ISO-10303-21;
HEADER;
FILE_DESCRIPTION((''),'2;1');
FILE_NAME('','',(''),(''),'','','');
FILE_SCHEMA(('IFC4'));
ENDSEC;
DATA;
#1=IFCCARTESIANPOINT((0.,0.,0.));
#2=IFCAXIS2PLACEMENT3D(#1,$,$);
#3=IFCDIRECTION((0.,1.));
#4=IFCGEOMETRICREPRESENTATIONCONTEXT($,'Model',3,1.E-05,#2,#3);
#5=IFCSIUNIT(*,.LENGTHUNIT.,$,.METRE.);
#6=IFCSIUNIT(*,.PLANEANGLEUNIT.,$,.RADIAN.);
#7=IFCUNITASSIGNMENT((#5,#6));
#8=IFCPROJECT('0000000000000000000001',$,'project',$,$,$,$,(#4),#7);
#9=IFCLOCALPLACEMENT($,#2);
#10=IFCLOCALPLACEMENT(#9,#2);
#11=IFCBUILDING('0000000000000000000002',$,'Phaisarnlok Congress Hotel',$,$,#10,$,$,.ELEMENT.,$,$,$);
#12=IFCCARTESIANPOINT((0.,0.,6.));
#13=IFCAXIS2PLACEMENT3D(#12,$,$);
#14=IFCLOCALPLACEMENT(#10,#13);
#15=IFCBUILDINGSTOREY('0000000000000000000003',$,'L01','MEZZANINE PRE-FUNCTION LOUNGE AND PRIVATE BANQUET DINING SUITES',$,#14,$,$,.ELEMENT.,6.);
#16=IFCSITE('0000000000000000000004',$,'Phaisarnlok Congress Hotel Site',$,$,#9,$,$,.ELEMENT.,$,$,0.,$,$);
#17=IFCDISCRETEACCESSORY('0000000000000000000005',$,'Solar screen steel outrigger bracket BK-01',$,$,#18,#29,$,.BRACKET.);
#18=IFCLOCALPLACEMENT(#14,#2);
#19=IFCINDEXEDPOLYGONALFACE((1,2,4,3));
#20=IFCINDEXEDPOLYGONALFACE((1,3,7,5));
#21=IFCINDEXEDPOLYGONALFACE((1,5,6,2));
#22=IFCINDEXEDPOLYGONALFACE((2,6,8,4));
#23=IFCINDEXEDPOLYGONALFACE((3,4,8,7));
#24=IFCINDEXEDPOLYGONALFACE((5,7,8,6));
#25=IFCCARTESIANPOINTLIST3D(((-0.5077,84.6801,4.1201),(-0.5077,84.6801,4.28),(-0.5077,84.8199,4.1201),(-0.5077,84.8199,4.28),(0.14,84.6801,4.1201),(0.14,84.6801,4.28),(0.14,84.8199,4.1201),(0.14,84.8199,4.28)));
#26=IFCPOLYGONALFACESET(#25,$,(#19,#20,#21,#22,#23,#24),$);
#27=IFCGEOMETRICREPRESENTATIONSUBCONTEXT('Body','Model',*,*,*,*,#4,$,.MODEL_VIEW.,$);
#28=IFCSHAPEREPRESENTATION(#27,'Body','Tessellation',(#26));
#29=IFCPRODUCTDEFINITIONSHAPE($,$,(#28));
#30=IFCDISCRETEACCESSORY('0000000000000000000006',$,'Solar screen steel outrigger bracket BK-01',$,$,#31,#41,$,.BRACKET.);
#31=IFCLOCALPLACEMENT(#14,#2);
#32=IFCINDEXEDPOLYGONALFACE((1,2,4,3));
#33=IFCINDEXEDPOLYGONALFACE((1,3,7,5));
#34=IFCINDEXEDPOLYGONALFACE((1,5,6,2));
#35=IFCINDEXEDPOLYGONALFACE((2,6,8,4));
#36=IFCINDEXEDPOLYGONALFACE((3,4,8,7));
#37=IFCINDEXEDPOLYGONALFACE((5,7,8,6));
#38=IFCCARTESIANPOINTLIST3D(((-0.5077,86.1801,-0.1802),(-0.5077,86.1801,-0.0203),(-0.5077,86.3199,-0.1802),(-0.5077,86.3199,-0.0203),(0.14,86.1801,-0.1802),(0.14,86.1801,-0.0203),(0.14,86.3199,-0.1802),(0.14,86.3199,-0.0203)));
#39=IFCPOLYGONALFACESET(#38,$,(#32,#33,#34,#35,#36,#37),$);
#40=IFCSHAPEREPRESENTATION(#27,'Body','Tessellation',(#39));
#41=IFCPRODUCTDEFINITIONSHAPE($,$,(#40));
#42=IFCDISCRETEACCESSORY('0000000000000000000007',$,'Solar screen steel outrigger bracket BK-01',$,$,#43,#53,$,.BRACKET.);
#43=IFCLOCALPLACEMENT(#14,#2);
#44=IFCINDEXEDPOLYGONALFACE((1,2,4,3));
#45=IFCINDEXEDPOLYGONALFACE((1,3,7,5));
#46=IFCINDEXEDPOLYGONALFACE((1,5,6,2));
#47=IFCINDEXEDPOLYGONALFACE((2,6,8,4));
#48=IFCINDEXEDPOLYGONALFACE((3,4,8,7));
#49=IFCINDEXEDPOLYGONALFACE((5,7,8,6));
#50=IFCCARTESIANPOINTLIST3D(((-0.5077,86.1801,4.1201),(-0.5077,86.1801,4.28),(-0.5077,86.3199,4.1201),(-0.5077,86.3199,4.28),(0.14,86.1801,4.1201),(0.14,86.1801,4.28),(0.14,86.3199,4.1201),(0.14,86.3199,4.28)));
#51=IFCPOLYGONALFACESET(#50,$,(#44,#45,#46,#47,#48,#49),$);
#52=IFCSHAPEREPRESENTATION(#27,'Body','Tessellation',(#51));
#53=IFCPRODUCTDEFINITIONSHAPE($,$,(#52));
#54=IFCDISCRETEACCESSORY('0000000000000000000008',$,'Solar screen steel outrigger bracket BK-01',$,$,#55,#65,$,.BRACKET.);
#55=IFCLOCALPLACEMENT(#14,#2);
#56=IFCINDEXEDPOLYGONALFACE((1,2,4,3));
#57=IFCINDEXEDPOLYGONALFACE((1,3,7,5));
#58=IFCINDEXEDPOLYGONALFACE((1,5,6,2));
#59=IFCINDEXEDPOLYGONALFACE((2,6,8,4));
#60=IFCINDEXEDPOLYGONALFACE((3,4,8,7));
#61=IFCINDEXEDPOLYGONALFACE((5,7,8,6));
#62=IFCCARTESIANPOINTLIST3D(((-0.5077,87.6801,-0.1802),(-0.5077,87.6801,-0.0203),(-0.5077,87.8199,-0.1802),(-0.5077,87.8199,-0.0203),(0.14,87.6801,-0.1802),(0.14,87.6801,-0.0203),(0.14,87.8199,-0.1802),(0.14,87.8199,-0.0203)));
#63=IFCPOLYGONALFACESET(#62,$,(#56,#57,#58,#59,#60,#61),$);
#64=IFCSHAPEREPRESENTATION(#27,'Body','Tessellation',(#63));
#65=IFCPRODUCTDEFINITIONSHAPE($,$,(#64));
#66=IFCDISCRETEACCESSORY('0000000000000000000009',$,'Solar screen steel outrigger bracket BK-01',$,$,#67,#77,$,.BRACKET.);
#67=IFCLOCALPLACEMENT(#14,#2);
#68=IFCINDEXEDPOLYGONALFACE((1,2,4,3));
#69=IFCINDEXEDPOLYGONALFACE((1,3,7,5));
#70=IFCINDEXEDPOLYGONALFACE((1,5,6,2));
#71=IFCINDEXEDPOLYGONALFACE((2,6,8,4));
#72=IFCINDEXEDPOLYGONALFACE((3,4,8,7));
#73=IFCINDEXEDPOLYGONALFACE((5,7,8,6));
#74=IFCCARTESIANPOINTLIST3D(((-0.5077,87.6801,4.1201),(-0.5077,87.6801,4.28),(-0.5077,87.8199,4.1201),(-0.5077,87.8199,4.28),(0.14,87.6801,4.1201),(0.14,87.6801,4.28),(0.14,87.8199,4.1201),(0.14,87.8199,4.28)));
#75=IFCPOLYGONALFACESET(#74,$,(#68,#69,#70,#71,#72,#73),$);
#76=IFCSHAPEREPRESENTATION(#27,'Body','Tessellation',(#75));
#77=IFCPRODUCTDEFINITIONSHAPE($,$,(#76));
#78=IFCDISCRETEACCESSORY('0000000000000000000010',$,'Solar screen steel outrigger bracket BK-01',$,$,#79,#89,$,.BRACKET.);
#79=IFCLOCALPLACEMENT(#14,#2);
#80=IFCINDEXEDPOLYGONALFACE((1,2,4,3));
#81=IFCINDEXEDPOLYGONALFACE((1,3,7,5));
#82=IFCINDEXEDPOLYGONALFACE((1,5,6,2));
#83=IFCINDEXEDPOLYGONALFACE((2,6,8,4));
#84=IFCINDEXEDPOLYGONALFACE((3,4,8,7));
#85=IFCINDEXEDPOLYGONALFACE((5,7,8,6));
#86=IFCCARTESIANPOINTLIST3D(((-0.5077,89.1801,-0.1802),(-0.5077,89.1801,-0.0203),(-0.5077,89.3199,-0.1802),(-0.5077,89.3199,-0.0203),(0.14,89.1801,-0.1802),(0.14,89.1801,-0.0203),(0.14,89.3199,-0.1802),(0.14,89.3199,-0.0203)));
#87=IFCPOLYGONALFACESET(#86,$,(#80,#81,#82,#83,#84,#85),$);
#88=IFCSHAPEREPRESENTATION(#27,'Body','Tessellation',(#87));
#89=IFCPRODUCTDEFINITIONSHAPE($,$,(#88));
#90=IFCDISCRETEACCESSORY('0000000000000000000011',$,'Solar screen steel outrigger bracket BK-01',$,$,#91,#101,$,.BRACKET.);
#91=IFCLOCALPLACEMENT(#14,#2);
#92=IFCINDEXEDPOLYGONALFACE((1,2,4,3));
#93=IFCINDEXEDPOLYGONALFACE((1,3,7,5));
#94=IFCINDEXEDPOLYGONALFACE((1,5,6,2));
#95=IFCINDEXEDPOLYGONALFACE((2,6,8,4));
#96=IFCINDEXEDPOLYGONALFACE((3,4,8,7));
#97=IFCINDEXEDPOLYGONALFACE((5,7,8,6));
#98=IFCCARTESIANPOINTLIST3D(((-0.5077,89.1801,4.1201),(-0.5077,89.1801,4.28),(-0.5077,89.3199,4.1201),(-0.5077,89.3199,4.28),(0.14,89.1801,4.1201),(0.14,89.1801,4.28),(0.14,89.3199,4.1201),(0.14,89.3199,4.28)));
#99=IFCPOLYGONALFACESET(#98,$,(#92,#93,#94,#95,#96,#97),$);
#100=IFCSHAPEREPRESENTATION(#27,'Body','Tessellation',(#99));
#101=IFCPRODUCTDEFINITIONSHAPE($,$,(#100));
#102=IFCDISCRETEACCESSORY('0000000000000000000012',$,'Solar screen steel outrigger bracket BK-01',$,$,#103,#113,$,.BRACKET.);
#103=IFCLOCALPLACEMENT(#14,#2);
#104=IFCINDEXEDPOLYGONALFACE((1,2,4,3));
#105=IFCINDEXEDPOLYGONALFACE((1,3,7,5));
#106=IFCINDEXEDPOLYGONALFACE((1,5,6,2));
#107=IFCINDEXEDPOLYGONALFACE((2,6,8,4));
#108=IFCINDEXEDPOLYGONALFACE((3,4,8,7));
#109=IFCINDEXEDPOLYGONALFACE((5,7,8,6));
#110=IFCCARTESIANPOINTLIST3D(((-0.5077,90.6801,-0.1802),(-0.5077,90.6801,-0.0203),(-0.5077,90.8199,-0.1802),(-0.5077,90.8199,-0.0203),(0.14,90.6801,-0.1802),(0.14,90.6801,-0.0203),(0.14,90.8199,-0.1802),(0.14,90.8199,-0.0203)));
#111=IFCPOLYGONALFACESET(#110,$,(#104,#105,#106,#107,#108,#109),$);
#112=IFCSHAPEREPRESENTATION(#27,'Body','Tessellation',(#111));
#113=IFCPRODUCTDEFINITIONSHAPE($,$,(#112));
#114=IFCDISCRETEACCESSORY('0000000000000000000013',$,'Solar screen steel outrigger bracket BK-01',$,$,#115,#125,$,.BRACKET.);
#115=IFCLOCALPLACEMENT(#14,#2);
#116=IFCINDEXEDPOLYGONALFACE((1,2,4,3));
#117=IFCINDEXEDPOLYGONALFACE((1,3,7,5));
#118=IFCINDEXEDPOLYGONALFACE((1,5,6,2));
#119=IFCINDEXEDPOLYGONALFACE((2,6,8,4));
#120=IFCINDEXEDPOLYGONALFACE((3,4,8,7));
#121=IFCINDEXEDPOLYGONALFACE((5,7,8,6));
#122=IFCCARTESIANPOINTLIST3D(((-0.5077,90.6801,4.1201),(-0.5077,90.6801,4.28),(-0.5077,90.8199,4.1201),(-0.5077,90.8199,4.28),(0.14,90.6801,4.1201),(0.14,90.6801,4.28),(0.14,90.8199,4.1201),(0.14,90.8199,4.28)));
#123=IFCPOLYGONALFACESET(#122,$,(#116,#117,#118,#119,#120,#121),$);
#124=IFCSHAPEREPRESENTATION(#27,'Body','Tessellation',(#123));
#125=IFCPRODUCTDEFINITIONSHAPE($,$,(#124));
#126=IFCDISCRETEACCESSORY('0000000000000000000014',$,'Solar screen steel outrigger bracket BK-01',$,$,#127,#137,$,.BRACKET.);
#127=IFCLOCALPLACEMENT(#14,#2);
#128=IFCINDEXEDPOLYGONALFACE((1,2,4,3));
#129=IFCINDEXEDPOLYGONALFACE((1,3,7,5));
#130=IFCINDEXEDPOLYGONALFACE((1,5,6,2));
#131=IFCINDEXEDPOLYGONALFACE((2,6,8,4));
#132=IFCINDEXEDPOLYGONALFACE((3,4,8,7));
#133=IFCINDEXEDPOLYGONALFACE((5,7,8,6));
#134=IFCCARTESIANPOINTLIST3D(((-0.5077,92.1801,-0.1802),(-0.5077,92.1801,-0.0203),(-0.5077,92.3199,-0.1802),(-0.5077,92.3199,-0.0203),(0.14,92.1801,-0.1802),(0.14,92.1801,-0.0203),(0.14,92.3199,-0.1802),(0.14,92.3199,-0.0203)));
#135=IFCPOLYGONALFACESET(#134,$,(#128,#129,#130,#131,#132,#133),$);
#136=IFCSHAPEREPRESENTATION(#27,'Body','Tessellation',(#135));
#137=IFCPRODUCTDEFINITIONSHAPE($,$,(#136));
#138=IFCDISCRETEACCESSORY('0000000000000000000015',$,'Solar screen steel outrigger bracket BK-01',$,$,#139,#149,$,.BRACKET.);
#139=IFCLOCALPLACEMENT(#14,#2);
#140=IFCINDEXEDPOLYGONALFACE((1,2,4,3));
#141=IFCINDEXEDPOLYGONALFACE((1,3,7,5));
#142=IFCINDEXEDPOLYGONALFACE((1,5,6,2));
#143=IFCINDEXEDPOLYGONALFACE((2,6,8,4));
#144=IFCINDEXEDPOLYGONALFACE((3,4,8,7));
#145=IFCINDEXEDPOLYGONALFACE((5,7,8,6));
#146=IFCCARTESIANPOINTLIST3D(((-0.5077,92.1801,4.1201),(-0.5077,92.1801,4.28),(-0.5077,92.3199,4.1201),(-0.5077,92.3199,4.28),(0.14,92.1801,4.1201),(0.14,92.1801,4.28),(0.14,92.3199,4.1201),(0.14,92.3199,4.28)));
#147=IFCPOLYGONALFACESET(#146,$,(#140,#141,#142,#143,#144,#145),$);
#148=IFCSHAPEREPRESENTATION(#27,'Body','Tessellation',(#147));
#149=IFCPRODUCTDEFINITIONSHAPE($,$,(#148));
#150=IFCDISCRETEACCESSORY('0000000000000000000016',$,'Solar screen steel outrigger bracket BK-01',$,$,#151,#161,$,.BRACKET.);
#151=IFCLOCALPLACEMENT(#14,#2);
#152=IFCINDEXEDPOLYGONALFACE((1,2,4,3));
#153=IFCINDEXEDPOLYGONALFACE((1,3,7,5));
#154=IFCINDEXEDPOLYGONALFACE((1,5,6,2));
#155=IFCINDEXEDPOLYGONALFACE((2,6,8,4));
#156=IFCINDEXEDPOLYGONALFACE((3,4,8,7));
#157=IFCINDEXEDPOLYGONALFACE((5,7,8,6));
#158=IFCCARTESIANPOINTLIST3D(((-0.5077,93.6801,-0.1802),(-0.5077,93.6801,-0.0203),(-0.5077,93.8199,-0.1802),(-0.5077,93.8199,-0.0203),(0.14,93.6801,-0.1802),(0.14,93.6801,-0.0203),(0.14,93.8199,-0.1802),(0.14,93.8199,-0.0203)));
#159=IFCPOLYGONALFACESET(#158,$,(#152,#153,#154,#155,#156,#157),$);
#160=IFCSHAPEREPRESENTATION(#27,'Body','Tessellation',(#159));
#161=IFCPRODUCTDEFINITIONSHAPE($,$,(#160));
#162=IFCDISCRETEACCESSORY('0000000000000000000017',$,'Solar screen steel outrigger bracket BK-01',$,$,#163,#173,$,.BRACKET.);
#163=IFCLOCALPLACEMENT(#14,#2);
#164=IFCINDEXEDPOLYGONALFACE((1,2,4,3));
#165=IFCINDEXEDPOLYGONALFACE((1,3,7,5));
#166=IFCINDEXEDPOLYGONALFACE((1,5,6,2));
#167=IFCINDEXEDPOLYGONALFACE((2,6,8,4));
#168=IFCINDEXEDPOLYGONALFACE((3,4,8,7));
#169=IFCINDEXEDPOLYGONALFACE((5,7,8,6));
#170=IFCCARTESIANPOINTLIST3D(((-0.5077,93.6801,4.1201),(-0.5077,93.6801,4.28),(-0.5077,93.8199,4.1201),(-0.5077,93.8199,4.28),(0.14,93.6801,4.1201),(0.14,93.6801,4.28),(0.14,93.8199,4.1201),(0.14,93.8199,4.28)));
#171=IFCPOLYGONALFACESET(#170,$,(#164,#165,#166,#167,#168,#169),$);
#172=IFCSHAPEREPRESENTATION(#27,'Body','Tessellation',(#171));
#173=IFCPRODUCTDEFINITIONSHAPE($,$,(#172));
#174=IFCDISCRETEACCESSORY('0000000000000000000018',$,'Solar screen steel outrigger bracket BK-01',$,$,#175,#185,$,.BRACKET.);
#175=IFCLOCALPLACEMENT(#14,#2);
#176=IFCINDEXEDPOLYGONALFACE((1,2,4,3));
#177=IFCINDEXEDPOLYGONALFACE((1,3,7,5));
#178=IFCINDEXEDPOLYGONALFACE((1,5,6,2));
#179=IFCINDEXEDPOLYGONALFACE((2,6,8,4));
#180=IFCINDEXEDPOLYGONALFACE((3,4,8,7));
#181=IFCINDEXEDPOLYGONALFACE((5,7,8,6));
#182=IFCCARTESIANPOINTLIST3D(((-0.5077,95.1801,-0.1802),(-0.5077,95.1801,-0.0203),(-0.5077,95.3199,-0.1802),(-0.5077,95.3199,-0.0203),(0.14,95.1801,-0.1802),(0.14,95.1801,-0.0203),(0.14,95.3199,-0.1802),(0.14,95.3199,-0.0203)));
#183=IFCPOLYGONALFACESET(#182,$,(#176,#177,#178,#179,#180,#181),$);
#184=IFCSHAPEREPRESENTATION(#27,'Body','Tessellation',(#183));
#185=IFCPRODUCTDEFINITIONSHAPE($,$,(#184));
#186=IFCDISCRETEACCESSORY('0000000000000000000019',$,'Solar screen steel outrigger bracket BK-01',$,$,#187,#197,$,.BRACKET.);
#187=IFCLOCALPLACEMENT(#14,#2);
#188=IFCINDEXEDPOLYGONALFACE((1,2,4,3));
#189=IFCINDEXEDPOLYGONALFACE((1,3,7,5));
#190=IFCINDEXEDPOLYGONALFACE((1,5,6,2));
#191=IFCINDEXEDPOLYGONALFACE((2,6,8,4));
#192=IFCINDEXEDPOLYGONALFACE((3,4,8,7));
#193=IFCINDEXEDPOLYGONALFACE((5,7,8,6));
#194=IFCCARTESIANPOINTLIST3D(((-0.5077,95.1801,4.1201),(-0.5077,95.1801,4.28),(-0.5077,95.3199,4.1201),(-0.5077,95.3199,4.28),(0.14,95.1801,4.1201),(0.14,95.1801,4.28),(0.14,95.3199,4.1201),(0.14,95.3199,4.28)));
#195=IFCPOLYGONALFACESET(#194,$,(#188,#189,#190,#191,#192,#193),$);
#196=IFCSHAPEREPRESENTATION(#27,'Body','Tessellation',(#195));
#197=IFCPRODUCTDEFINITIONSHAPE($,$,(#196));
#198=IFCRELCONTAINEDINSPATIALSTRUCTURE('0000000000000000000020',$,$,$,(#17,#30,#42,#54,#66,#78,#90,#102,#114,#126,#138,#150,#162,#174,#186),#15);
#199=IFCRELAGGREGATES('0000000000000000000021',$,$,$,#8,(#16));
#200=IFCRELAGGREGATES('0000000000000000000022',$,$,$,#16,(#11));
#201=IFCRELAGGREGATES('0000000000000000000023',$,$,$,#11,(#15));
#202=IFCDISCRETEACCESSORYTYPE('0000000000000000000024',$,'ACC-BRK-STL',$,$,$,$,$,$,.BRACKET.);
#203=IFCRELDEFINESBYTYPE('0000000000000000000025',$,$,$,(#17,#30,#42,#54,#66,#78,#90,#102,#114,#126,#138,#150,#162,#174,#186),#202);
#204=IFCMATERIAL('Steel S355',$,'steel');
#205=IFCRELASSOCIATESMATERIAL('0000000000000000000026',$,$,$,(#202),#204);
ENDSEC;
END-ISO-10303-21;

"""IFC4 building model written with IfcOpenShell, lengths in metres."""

from ifc_helpers import new_model, si_unit, direction, frame, origin, origin_2d, place, context, subcontext, project, spatial, rectangle, extrude, material, type_object, element, save


model = new_model("IFC4")

# Units and contexts
model_context = context("Model", 3, precision=1e-05, world=origin(), true_north=direction((0.0, 1.0)))
body_context = subcontext(model_context, "Body", "Model", "MODEL_VIEW")
ifc_project = project(units=[si_unit("LENGTHUNIT", "METRE"), si_unit("PLANEANGLEUNIT", "RADIAN")], contexts=[model_context])

# Site, building, storey
site_placement = place(None, origin())
site = spatial("IfcSite", under=ifc_project, at=site_placement, Name="Phaisarnlok Congress Hotel Site", CompositionType="ELEMENT", RefElevation=0.0)
building_placement = place(site_placement, origin())
building = spatial("IfcBuilding", under=site, at=building_placement, Name="Phaisarnlok Congress Hotel", CompositionType="ELEMENT")
storey_placement = place(building_placement, frame((0.0, 0.0, 6.0)))
storey = spatial("IfcBuildingStorey", under=building, at=storey_placement, Name="L01", Description="MEZZANINE PRE-FUNCTION LOUNGE AND PRIVATE BANQUET DINING SUITES", CompositionType="ELEMENT", Elevation=6.0)

# Discrete accessories
ifc_material_1 = material(Name="Steel S355", Category="steel")
discrete_accessory_type = type_object("IfcDiscreteAccessoryType", Name="ACC-BRK-STL", PredefinedType="BRACKET", material=ifc_material_1)
for number, where, z_axis, x_axis, name in (
    (1, (-0.1838, 84.75, 4.1201), (0.0, 0.0, 1.0), (1.0, 0.0, 0.0), "Solar screen steel outrigger bracket BK-01"),
    (2, (-0.1838, 86.25, -0.1802), (0.0, 0.0, 1.0), (1.0, 0.0, 0.0), "Solar screen steel outrigger bracket BK-01"),
    (3, (-0.1838, 86.25, 4.1201), (0.0, 0.0, 1.0), (1.0, 0.0, 0.0), "Solar screen steel outrigger bracket BK-01"),
    (4, (-0.1838, 87.75, -0.1802), (0.0, 0.0, 1.0), (1.0, 0.0, 0.0), "Solar screen steel outrigger bracket BK-01"),
    (5, (-0.1838, 87.75, 4.1201), (0.0, 0.0, 1.0), (1.0, 0.0, 0.0), "Solar screen steel outrigger bracket BK-01"),
    (6, (-0.1838, 89.25, -0.1802), (0.0, 0.0, 1.0), (1.0, 0.0, 0.0), "Solar screen steel outrigger bracket BK-01"),
    (7, (-0.1838, 89.25, 4.1201), (0.0, 0.0, 1.0), (1.0, 0.0, 0.0), "Solar screen steel outrigger bracket BK-01"),
    (8, (-0.1838, 90.75, -0.1802), (0.0, 0.0, 1.0), (1.0, 0.0, 0.0), "Solar screen steel outrigger bracket BK-01"),
    (9, (-0.1838, 90.75, 4.1201), (0.0, 0.0, 1.0), (1.0, 0.0, 0.0), "Solar screen steel outrigger bracket BK-01"),
    (10, (-0.1838, 92.25, -0.1802), (0.0, 0.0, 1.0), (1.0, 0.0, 0.0), "Solar screen steel outrigger bracket BK-01"),
    (11, (-0.1838, 92.25, 4.1201), (0.0, 0.0, 1.0), (1.0, 0.0, 0.0), "Solar screen steel outrigger bracket BK-01"),
    (12, (-0.1838, 93.75, -0.1802), (0.0, 0.0, 1.0), (1.0, 0.0, 0.0), "Solar screen steel outrigger bracket BK-01"),
    (13, (-0.1838, 93.75, 4.1201), (0.0, 0.0, 1.0), (1.0, 0.0, 0.0), "Solar screen steel outrigger bracket BK-01"),
    (14, (-0.1838, 95.25, -0.1802), (0.0, 0.0, 1.0), (1.0, 0.0, 0.0), "Solar screen steel outrigger bracket BK-01"),
    (15, (-0.1838, 95.25, 4.1201), (0.0, 0.0, 1.0), (1.0, 0.0, 0.0), "Solar screen steel outrigger bracket BK-01"),
):
    element("IfcDiscreteAccessory", number, at=place(storey_placement, frame(where, z_axis=z_axis, x_axis=x_axis)), inside=storey, type_object=discrete_accessory_type, Name=name, PredefinedType="BRACKET", context=body_context, shape_type="SweptSolid", body=[
        extrude(rectangle(XDim=0.6477, YDim=0.1399, at=origin_2d()), origin(), (0.0, 0.0, 1.0), 0.1599),
    ])

save(model, "model.ifc")
